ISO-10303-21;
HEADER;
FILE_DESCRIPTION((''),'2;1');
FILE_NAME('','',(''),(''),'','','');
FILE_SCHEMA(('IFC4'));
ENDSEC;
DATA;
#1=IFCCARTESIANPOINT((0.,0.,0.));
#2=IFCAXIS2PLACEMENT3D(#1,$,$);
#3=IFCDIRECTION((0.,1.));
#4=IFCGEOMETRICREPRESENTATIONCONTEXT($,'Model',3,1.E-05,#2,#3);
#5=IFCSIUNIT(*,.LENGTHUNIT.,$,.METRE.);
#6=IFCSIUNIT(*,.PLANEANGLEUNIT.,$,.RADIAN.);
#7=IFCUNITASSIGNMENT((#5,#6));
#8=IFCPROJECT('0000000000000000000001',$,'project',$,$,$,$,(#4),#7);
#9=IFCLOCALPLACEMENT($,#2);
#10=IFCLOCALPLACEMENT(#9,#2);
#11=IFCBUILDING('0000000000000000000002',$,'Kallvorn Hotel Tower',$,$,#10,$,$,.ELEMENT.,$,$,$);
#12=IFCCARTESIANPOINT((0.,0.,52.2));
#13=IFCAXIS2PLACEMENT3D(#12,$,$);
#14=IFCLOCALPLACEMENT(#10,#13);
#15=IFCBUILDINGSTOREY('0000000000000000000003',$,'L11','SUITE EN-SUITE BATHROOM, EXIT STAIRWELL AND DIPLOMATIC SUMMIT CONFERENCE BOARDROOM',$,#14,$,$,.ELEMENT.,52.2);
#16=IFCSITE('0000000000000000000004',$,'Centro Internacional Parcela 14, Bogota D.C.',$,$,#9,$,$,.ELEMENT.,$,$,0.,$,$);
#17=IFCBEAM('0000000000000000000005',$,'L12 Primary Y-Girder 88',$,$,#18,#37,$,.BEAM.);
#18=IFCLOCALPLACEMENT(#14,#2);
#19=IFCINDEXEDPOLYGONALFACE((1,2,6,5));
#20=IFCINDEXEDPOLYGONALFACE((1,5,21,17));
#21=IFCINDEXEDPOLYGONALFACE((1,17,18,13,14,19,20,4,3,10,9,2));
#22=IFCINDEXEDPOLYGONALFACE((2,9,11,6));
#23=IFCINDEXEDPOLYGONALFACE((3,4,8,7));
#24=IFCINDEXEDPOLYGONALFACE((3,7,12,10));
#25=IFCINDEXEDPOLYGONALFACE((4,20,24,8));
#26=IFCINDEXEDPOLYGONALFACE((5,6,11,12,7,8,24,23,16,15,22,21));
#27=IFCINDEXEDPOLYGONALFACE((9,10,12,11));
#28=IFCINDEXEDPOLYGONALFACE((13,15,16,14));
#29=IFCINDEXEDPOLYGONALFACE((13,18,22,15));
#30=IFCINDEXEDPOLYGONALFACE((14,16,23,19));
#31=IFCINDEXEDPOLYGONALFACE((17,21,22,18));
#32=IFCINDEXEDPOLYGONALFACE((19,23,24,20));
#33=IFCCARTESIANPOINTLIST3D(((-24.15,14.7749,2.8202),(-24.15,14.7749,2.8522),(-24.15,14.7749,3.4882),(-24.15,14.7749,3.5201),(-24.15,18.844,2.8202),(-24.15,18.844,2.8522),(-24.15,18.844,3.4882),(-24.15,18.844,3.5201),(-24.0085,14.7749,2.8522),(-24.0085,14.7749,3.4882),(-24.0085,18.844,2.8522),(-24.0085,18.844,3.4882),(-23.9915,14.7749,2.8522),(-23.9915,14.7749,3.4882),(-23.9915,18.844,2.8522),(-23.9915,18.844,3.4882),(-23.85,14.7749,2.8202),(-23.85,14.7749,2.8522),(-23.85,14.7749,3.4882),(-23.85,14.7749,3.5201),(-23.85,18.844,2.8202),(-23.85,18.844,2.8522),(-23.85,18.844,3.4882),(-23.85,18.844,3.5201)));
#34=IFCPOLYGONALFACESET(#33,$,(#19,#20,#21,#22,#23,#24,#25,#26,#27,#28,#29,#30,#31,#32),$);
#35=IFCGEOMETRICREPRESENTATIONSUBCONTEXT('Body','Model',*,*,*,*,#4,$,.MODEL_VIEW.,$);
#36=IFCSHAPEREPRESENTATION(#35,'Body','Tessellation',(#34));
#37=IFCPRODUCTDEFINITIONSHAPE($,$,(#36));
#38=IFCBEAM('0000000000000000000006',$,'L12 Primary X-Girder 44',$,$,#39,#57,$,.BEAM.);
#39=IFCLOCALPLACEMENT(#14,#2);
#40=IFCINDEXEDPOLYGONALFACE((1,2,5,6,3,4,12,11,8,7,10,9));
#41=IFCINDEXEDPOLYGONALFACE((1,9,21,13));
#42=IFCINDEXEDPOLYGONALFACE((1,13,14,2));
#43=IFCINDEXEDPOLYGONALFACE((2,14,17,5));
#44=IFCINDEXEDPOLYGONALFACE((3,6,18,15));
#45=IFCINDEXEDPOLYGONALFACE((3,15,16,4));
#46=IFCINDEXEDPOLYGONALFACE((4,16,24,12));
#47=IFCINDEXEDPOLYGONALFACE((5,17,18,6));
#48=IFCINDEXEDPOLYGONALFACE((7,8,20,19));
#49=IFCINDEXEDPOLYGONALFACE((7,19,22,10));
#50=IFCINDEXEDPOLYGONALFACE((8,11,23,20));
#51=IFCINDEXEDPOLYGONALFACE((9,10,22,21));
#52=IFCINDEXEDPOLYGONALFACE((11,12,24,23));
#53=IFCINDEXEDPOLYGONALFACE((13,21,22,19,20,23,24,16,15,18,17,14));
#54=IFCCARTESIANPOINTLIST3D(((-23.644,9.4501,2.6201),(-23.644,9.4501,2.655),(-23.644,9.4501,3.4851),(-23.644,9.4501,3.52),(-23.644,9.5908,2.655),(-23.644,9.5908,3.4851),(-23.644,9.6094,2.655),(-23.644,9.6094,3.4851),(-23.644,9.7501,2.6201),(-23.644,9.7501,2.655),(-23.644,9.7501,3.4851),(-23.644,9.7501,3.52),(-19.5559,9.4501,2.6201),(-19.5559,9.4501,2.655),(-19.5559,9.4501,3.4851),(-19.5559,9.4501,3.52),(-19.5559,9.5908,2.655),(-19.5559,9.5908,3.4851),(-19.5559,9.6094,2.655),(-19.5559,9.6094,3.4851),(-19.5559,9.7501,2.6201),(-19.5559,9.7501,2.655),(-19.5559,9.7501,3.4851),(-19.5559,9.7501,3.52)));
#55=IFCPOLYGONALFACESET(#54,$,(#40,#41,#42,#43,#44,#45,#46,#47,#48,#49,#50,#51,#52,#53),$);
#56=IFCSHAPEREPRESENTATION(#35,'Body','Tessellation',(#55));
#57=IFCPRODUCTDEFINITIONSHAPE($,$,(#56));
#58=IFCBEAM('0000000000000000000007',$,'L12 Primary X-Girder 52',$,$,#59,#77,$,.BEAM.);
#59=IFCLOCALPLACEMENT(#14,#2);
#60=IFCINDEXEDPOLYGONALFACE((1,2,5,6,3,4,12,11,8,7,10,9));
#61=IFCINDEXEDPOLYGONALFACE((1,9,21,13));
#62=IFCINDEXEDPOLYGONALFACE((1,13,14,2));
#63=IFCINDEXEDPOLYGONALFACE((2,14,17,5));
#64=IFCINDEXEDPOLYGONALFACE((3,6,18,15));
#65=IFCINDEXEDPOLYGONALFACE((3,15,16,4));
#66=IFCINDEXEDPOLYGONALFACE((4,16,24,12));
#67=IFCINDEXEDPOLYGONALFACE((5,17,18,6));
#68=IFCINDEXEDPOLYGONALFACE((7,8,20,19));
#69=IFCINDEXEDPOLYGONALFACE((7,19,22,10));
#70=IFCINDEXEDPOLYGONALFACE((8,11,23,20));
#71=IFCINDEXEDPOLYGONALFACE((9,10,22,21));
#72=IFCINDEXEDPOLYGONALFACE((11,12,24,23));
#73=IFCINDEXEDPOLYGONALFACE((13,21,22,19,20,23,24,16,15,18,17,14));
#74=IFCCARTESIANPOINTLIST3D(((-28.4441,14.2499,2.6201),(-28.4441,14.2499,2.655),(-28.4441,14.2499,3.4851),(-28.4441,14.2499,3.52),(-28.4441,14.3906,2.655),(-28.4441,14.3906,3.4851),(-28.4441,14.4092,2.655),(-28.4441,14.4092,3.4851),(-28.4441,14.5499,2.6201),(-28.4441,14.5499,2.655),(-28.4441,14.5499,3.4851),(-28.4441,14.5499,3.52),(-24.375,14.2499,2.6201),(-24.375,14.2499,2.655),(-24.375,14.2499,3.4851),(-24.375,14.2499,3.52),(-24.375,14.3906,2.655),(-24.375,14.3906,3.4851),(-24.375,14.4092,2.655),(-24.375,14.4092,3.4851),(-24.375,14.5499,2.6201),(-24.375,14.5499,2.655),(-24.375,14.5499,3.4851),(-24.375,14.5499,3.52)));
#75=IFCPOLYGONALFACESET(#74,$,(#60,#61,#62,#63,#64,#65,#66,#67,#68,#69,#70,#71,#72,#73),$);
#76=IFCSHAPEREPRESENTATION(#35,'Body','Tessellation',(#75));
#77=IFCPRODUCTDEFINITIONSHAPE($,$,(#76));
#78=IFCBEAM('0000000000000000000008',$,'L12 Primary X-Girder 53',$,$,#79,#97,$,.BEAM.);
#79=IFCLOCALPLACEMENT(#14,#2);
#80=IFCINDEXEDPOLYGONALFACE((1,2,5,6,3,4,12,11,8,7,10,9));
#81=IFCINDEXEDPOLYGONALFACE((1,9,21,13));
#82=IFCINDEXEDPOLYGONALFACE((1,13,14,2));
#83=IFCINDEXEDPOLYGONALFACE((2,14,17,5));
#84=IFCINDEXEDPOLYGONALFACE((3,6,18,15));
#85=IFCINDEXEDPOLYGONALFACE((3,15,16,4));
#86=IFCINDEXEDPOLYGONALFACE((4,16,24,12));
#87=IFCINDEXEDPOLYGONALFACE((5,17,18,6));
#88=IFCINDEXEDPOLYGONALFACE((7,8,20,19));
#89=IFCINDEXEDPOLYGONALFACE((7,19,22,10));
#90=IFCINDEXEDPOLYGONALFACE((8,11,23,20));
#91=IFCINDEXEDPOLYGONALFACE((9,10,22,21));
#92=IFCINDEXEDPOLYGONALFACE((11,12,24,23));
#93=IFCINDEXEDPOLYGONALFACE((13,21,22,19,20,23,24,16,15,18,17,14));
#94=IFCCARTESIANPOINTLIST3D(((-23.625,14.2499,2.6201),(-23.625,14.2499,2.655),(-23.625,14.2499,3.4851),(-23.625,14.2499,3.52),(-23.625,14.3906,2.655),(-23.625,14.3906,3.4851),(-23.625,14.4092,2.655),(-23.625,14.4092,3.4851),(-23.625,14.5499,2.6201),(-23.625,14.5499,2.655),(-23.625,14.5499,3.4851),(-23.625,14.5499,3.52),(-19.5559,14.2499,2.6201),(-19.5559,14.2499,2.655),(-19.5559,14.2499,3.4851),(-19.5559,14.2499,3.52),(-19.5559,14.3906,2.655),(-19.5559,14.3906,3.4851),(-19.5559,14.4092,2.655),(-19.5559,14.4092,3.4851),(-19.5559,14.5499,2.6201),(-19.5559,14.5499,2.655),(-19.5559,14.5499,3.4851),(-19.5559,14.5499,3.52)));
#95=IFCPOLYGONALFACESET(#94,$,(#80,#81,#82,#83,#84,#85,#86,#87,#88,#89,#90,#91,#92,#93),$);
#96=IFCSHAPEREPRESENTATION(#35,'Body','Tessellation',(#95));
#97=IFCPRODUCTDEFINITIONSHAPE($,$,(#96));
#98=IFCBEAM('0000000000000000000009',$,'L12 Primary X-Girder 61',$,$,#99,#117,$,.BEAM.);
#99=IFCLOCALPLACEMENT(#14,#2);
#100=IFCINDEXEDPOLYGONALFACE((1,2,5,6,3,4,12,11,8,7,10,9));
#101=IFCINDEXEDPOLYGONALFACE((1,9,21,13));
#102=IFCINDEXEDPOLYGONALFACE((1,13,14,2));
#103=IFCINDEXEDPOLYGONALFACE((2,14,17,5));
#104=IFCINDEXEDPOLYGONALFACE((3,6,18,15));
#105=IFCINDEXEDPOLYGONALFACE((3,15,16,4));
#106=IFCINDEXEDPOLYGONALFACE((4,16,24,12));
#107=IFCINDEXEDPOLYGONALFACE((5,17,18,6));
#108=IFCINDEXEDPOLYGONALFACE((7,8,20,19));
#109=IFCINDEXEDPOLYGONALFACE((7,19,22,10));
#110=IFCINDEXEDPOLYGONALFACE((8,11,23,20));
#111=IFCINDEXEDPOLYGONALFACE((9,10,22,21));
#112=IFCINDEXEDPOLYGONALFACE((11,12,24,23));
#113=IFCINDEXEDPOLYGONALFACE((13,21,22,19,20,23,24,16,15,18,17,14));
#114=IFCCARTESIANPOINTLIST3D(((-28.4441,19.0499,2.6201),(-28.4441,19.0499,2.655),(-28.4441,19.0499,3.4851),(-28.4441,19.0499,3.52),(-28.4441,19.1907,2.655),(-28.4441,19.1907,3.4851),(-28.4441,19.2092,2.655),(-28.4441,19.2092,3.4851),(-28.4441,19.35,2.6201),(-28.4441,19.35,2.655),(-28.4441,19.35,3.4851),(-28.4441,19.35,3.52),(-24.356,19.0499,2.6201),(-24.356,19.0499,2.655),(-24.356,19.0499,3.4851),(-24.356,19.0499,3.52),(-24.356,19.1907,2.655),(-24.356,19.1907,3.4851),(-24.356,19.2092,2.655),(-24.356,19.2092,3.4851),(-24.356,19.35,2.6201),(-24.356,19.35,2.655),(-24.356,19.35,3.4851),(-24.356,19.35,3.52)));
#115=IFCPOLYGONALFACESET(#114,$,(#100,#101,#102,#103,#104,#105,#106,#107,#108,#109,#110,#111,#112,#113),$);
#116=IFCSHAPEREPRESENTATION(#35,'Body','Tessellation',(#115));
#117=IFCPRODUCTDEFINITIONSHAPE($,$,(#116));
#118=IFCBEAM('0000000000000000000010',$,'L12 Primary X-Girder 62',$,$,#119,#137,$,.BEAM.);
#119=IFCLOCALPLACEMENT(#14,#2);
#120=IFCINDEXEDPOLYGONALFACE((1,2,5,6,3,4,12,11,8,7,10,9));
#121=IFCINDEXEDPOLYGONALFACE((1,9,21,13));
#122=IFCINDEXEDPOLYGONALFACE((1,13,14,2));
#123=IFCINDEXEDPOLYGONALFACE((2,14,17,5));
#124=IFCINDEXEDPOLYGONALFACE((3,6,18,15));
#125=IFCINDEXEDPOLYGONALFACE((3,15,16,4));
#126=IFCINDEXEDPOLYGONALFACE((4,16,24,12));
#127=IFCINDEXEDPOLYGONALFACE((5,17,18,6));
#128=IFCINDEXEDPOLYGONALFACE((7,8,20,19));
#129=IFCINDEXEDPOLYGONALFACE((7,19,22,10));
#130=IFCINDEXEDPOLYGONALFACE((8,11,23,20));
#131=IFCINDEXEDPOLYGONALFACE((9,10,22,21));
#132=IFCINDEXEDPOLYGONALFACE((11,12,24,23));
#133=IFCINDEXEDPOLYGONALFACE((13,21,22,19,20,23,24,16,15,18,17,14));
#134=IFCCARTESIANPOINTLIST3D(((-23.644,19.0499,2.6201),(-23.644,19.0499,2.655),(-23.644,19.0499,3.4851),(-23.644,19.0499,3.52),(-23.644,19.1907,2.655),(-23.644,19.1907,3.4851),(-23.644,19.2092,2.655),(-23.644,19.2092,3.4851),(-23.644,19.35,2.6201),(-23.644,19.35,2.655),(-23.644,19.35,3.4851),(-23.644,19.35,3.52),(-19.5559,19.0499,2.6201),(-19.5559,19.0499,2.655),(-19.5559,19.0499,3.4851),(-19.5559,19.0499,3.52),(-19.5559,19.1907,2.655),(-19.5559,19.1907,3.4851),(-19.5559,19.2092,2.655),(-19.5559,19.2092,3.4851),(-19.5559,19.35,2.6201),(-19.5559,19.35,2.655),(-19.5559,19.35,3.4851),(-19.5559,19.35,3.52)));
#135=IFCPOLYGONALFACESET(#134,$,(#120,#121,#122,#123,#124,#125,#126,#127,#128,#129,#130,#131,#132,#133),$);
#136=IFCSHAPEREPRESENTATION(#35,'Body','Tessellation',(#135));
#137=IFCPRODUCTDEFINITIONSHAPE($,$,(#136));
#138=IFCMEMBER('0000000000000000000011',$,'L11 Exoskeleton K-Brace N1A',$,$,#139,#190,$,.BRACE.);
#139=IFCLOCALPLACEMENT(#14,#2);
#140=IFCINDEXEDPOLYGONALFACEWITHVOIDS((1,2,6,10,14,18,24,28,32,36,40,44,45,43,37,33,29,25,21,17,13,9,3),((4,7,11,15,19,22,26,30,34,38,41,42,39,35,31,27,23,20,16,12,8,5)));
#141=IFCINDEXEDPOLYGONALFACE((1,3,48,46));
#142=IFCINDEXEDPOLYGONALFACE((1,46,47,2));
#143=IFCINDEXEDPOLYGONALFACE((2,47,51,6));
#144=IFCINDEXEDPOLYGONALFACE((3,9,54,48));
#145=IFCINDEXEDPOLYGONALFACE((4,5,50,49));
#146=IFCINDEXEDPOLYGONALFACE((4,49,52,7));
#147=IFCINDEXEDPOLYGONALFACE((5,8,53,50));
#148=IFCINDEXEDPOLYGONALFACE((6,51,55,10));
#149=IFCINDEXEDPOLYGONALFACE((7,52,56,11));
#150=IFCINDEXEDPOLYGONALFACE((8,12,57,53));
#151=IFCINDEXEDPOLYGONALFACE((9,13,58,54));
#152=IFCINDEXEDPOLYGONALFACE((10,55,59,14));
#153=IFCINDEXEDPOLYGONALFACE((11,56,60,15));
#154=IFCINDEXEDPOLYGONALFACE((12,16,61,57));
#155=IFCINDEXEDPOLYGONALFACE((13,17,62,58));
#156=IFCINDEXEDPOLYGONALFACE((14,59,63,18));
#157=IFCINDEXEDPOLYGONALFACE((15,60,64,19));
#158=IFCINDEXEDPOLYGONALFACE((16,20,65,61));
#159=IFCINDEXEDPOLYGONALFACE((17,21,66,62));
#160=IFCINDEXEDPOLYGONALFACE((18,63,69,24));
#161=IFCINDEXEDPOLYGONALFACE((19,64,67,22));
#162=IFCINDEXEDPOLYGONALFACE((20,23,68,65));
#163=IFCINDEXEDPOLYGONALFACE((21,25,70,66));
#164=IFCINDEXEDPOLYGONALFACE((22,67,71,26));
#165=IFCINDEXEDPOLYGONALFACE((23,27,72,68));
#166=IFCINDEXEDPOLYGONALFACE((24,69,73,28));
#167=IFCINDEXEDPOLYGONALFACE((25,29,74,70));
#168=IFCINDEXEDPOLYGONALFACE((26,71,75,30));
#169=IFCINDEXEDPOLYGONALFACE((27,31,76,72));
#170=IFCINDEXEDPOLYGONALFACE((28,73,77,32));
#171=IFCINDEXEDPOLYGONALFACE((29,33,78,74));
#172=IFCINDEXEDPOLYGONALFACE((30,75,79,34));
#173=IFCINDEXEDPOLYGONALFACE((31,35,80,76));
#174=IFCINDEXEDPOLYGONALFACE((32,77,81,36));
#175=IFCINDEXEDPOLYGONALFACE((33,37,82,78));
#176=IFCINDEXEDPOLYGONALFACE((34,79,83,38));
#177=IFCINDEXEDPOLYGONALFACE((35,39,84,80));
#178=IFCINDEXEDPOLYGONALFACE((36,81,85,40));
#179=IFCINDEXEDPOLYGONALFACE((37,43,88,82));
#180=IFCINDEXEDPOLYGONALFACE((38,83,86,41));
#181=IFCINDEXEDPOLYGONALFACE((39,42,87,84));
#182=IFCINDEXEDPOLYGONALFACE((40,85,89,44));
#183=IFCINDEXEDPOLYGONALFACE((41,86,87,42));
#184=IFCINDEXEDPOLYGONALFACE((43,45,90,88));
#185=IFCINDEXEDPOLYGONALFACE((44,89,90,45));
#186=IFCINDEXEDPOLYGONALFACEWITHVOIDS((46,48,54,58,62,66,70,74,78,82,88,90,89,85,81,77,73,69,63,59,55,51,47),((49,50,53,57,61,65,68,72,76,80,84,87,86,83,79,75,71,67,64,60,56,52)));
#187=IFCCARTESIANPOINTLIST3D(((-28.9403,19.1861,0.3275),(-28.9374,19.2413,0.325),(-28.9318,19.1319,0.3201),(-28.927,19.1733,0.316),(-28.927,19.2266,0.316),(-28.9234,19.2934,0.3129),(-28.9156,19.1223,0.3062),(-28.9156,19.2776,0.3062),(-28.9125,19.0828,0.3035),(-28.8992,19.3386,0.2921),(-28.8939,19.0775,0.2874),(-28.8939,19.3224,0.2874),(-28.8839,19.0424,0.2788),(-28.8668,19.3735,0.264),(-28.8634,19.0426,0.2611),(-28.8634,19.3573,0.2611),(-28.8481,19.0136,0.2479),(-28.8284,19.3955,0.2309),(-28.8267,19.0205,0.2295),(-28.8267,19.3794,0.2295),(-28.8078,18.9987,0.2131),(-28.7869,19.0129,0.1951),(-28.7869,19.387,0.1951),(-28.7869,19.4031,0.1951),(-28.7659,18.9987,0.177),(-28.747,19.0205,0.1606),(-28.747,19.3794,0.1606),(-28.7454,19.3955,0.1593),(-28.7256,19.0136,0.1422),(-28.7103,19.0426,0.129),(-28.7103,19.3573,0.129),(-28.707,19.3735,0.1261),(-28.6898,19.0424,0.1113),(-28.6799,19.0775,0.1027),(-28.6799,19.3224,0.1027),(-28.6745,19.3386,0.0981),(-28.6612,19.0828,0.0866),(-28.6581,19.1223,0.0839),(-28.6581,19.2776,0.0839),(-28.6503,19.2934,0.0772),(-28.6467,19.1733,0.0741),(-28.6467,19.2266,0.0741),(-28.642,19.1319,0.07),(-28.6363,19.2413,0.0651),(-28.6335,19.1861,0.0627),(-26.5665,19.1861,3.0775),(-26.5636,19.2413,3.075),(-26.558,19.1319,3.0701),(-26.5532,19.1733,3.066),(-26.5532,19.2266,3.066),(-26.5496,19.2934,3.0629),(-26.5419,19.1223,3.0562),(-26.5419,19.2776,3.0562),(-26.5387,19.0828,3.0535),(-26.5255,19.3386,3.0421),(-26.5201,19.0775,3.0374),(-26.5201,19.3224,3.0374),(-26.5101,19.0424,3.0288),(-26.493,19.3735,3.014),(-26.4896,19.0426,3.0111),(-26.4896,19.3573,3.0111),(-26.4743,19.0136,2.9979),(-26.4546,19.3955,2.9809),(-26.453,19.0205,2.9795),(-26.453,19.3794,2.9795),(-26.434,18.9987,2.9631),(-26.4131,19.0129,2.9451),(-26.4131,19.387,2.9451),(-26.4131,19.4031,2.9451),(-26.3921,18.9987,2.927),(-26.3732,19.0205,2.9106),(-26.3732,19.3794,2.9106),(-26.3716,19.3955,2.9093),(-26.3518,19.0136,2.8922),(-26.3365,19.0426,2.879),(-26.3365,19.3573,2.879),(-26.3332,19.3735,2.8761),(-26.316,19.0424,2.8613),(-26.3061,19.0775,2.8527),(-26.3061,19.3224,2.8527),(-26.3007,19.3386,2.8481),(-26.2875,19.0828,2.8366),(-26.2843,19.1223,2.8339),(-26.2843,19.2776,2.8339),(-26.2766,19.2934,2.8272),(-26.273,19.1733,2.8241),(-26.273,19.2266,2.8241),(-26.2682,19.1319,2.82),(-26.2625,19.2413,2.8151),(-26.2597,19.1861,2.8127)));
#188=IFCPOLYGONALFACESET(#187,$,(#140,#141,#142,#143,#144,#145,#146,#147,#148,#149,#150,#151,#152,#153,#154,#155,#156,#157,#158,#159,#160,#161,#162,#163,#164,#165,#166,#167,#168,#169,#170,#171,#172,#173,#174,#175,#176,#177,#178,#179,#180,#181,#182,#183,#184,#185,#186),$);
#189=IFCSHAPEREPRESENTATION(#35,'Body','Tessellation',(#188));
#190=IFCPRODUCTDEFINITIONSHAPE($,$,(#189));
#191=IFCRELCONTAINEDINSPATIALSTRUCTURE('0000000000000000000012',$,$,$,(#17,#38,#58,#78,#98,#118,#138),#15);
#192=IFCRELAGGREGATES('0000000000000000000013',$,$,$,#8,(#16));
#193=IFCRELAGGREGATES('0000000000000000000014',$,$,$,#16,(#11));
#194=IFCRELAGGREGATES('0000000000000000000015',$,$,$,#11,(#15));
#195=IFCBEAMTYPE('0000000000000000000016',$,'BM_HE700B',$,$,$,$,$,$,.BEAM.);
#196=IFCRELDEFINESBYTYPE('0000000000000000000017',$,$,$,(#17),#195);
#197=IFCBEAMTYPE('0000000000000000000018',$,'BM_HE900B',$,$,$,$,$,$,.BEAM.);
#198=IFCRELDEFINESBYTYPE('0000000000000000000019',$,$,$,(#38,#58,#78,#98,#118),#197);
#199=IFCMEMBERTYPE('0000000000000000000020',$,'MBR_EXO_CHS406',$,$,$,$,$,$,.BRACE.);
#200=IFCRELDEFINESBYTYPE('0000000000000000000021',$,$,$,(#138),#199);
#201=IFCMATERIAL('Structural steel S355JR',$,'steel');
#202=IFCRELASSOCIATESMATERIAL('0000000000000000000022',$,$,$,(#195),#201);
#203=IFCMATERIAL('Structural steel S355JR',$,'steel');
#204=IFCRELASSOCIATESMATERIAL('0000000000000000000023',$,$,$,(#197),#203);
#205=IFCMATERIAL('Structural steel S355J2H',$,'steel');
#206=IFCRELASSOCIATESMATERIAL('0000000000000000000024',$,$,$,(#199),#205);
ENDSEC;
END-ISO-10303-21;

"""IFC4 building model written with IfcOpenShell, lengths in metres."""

from ifc_helpers import new_model, si_unit, direction, frame, origin, origin_2d, place, context, subcontext, project, spatial, hollow_circle, i_section, extrude, material, material_profile, profile_set, type_object, element, save


model = new_model("IFC4")

# Units and contexts
model_context = context("Model", 3, precision=1e-05, world=origin(), true_north=direction((0.0, 1.0)))
body_context = subcontext(model_context, "Body", "Model", "MODEL_VIEW")
ifc_project = project(units=[si_unit("LENGTHUNIT", "METRE"), si_unit("PLANEANGLEUNIT", "RADIAN")], contexts=[model_context])

# Site, building, storey
site_placement = place(None, origin())
site = spatial("IfcSite", under=ifc_project, at=site_placement, Name="Centro Internacional Parcela 14, Bogota D.C.", CompositionType="ELEMENT", RefElevation=0.0)
building_placement = place(site_placement, origin())
building = spatial("IfcBuilding", under=site, at=building_placement, Name="Kallvorn Hotel Tower", CompositionType="ELEMENT")
storey_placement = place(building_placement, frame((0.0, 0.0, 52.2)))
storey = spatial("IfcBuildingStorey", under=building, at=storey_placement, Name="L11", Description="SUITE EN-SUITE BATHROOM, EXIT STAIRWELL AND DIPLOMATIC SUMMIT CONFERENCE BOARDROOM", CompositionType="ELEMENT", Elevation=52.2)

# Beams
ifc_material_1 = material(Name="Structural steel S355JR", Category="steel")
ifc_material_profile_1 = material_profile(ifc_material_1, i_section(OverallWidth=0.3, OverallDepth=0.7, WebThickness=0.0171, FlangeThickness=0.032, at=origin_2d()), Name="HE 700 B")
ifc_profile_set_1 = profile_set([ifc_material_profile_1], Name="Structural steel S355JR")
beam_type_1 = type_object("IfcBeamType", Name="BM_HE700B", PredefinedType="BEAM", material=ifc_profile_set_1)
beam_1_placement = place(storey_placement, frame((-24.0, 14.7749, 3.1702), z_axis=(0.0, 1.0, 0.0), x_axis=(-1.0, 0.0, 0.0)))
element("IfcBeam", 1, at=beam_1_placement, inside=storey, type_object=beam_type_1, Name="L12 Primary Y-Girder 88", PredefinedType="BEAM", context=body_context, shape_type="SweptSolid", body=[
    extrude(i_section(OverallWidth=0.3, OverallDepth=0.7, WebThickness=0.0171, FlangeThickness=0.032, at=origin_2d()), origin(), (0.0, 0.0, 1.0), 4.0691),
])
ifc_material_2 = material(Name="Structural steel S355JR", Category="steel")
ifc_material_profile_2 = material_profile(ifc_material_2, i_section(OverallWidth=0.3, OverallDepth=0.8999, WebThickness=0.0186, FlangeThickness=0.0349, at=origin_2d()), Name="HE 900 B")
ifc_profile_set_2 = profile_set([ifc_material_profile_2], Name="Structural steel S355JR")
beam_type_2 = type_object("IfcBeamType", Name="BM_HE900B", PredefinedType="BEAM", material=ifc_profile_set_2)
beam_2_placement = place(storey_placement, frame((-23.644, 9.6001, 3.0701), z_axis=(1.0, 0.0, 0.0), x_axis=(0.0, 1.0, 0.0)))
element("IfcBeam", 2, at=beam_2_placement, inside=storey, type_object=beam_type_2, Name="L12 Primary X-Girder 44", PredefinedType="BEAM", context=body_context, shape_type="SweptSolid", body=[
    extrude(i_section(OverallWidth=0.3, OverallDepth=0.8999, WebThickness=0.0186, FlangeThickness=0.0349, at=origin_2d()), origin(), (0.0, 0.0, 1.0), 4.0881),
])
for number, where, z_axis, x_axis, name in (
    (3, (-28.4441, 14.3999, 3.0701), (1.0, 0.0, 0.0), (0.0, 1.0, 0.0), "L12 Primary X-Girder 52"),
    (4, (-23.625, 14.3999, 3.0701), (1.0, 0.0, 0.0), (0.0, 1.0, 0.0), "L12 Primary X-Girder 53"),
):
    element("IfcBeam", number, at=place(storey_placement, frame(where, z_axis=z_axis, x_axis=x_axis)), inside=storey, type_object=beam_type_2, Name=name, PredefinedType="BEAM", context=body_context, shape_type="SweptSolid", body=[
        extrude(i_section(OverallWidth=0.3, OverallDepth=0.8999, WebThickness=0.0186, FlangeThickness=0.0349, at=origin_2d()), origin(), (0.0, 0.0, 1.0), 4.0691),
    ])
for number, where, z_axis, x_axis, name in (
    (5, (-28.4441, 19.2, 3.0701), (1.0, 0.0, 0.0), (0.0, 1.0, 0.0), "L12 Primary X-Girder 61"),
    (6, (-23.644, 19.2, 3.0701), (1.0, 0.0, 0.0), (0.0, 1.0, 0.0), "L12 Primary X-Girder 62"),
):
    element("IfcBeam", number, at=place(storey_placement, frame(where, z_axis=z_axis, x_axis=x_axis)), inside=storey, type_object=beam_type_2, Name=name, PredefinedType="BEAM", context=body_context, shape_type="SweptSolid", body=[
        extrude(i_section(OverallWidth=0.3, OverallDepth=0.8999, WebThickness=0.0186, FlangeThickness=0.0349, at=origin_2d()), origin(), (0.0, 0.0, 1.0), 4.0881),
    ])

# Member
ifc_material_3 = material(Name="Structural steel S355J2H", Category="steel")
ifc_material_profile_3 = material_profile(ifc_material_3, hollow_circle(Radius=0.2031, WallThickness=0.0161, at=origin_2d()), Name="CHS 406.4x16")
ifc_profile_set_3 = profile_set([ifc_material_profile_3], Name="Structural steel S355J2H")
member_type = type_object("IfcMemberType", Name="MBR_EXO_CHS406", PredefinedType="BRACE", material=ifc_profile_set_3)
for number, where, z_axis, x_axis, name in (
    (7, (-28.7869, 19.2, 0.1951), (0.653427, 0.0, 0.756989), (0.0, 1.0, 0.0), "L11 Exoskeleton K-Brace N1A"),
):
    element("IfcMember", number, at=place(storey_placement, frame(where, z_axis=z_axis, x_axis=x_axis)), inside=storey, type_object=member_type, Name=name, PredefinedType="BRACE", context=body_context, shape_type="SweptSolid", body=[
        extrude(hollow_circle(Radius=0.2031, WallThickness=0.0161, at=origin_2d()), origin(), (0.0, 0.0, 1.0), 3.6328),
    ])

save(model, "model.ifc")
